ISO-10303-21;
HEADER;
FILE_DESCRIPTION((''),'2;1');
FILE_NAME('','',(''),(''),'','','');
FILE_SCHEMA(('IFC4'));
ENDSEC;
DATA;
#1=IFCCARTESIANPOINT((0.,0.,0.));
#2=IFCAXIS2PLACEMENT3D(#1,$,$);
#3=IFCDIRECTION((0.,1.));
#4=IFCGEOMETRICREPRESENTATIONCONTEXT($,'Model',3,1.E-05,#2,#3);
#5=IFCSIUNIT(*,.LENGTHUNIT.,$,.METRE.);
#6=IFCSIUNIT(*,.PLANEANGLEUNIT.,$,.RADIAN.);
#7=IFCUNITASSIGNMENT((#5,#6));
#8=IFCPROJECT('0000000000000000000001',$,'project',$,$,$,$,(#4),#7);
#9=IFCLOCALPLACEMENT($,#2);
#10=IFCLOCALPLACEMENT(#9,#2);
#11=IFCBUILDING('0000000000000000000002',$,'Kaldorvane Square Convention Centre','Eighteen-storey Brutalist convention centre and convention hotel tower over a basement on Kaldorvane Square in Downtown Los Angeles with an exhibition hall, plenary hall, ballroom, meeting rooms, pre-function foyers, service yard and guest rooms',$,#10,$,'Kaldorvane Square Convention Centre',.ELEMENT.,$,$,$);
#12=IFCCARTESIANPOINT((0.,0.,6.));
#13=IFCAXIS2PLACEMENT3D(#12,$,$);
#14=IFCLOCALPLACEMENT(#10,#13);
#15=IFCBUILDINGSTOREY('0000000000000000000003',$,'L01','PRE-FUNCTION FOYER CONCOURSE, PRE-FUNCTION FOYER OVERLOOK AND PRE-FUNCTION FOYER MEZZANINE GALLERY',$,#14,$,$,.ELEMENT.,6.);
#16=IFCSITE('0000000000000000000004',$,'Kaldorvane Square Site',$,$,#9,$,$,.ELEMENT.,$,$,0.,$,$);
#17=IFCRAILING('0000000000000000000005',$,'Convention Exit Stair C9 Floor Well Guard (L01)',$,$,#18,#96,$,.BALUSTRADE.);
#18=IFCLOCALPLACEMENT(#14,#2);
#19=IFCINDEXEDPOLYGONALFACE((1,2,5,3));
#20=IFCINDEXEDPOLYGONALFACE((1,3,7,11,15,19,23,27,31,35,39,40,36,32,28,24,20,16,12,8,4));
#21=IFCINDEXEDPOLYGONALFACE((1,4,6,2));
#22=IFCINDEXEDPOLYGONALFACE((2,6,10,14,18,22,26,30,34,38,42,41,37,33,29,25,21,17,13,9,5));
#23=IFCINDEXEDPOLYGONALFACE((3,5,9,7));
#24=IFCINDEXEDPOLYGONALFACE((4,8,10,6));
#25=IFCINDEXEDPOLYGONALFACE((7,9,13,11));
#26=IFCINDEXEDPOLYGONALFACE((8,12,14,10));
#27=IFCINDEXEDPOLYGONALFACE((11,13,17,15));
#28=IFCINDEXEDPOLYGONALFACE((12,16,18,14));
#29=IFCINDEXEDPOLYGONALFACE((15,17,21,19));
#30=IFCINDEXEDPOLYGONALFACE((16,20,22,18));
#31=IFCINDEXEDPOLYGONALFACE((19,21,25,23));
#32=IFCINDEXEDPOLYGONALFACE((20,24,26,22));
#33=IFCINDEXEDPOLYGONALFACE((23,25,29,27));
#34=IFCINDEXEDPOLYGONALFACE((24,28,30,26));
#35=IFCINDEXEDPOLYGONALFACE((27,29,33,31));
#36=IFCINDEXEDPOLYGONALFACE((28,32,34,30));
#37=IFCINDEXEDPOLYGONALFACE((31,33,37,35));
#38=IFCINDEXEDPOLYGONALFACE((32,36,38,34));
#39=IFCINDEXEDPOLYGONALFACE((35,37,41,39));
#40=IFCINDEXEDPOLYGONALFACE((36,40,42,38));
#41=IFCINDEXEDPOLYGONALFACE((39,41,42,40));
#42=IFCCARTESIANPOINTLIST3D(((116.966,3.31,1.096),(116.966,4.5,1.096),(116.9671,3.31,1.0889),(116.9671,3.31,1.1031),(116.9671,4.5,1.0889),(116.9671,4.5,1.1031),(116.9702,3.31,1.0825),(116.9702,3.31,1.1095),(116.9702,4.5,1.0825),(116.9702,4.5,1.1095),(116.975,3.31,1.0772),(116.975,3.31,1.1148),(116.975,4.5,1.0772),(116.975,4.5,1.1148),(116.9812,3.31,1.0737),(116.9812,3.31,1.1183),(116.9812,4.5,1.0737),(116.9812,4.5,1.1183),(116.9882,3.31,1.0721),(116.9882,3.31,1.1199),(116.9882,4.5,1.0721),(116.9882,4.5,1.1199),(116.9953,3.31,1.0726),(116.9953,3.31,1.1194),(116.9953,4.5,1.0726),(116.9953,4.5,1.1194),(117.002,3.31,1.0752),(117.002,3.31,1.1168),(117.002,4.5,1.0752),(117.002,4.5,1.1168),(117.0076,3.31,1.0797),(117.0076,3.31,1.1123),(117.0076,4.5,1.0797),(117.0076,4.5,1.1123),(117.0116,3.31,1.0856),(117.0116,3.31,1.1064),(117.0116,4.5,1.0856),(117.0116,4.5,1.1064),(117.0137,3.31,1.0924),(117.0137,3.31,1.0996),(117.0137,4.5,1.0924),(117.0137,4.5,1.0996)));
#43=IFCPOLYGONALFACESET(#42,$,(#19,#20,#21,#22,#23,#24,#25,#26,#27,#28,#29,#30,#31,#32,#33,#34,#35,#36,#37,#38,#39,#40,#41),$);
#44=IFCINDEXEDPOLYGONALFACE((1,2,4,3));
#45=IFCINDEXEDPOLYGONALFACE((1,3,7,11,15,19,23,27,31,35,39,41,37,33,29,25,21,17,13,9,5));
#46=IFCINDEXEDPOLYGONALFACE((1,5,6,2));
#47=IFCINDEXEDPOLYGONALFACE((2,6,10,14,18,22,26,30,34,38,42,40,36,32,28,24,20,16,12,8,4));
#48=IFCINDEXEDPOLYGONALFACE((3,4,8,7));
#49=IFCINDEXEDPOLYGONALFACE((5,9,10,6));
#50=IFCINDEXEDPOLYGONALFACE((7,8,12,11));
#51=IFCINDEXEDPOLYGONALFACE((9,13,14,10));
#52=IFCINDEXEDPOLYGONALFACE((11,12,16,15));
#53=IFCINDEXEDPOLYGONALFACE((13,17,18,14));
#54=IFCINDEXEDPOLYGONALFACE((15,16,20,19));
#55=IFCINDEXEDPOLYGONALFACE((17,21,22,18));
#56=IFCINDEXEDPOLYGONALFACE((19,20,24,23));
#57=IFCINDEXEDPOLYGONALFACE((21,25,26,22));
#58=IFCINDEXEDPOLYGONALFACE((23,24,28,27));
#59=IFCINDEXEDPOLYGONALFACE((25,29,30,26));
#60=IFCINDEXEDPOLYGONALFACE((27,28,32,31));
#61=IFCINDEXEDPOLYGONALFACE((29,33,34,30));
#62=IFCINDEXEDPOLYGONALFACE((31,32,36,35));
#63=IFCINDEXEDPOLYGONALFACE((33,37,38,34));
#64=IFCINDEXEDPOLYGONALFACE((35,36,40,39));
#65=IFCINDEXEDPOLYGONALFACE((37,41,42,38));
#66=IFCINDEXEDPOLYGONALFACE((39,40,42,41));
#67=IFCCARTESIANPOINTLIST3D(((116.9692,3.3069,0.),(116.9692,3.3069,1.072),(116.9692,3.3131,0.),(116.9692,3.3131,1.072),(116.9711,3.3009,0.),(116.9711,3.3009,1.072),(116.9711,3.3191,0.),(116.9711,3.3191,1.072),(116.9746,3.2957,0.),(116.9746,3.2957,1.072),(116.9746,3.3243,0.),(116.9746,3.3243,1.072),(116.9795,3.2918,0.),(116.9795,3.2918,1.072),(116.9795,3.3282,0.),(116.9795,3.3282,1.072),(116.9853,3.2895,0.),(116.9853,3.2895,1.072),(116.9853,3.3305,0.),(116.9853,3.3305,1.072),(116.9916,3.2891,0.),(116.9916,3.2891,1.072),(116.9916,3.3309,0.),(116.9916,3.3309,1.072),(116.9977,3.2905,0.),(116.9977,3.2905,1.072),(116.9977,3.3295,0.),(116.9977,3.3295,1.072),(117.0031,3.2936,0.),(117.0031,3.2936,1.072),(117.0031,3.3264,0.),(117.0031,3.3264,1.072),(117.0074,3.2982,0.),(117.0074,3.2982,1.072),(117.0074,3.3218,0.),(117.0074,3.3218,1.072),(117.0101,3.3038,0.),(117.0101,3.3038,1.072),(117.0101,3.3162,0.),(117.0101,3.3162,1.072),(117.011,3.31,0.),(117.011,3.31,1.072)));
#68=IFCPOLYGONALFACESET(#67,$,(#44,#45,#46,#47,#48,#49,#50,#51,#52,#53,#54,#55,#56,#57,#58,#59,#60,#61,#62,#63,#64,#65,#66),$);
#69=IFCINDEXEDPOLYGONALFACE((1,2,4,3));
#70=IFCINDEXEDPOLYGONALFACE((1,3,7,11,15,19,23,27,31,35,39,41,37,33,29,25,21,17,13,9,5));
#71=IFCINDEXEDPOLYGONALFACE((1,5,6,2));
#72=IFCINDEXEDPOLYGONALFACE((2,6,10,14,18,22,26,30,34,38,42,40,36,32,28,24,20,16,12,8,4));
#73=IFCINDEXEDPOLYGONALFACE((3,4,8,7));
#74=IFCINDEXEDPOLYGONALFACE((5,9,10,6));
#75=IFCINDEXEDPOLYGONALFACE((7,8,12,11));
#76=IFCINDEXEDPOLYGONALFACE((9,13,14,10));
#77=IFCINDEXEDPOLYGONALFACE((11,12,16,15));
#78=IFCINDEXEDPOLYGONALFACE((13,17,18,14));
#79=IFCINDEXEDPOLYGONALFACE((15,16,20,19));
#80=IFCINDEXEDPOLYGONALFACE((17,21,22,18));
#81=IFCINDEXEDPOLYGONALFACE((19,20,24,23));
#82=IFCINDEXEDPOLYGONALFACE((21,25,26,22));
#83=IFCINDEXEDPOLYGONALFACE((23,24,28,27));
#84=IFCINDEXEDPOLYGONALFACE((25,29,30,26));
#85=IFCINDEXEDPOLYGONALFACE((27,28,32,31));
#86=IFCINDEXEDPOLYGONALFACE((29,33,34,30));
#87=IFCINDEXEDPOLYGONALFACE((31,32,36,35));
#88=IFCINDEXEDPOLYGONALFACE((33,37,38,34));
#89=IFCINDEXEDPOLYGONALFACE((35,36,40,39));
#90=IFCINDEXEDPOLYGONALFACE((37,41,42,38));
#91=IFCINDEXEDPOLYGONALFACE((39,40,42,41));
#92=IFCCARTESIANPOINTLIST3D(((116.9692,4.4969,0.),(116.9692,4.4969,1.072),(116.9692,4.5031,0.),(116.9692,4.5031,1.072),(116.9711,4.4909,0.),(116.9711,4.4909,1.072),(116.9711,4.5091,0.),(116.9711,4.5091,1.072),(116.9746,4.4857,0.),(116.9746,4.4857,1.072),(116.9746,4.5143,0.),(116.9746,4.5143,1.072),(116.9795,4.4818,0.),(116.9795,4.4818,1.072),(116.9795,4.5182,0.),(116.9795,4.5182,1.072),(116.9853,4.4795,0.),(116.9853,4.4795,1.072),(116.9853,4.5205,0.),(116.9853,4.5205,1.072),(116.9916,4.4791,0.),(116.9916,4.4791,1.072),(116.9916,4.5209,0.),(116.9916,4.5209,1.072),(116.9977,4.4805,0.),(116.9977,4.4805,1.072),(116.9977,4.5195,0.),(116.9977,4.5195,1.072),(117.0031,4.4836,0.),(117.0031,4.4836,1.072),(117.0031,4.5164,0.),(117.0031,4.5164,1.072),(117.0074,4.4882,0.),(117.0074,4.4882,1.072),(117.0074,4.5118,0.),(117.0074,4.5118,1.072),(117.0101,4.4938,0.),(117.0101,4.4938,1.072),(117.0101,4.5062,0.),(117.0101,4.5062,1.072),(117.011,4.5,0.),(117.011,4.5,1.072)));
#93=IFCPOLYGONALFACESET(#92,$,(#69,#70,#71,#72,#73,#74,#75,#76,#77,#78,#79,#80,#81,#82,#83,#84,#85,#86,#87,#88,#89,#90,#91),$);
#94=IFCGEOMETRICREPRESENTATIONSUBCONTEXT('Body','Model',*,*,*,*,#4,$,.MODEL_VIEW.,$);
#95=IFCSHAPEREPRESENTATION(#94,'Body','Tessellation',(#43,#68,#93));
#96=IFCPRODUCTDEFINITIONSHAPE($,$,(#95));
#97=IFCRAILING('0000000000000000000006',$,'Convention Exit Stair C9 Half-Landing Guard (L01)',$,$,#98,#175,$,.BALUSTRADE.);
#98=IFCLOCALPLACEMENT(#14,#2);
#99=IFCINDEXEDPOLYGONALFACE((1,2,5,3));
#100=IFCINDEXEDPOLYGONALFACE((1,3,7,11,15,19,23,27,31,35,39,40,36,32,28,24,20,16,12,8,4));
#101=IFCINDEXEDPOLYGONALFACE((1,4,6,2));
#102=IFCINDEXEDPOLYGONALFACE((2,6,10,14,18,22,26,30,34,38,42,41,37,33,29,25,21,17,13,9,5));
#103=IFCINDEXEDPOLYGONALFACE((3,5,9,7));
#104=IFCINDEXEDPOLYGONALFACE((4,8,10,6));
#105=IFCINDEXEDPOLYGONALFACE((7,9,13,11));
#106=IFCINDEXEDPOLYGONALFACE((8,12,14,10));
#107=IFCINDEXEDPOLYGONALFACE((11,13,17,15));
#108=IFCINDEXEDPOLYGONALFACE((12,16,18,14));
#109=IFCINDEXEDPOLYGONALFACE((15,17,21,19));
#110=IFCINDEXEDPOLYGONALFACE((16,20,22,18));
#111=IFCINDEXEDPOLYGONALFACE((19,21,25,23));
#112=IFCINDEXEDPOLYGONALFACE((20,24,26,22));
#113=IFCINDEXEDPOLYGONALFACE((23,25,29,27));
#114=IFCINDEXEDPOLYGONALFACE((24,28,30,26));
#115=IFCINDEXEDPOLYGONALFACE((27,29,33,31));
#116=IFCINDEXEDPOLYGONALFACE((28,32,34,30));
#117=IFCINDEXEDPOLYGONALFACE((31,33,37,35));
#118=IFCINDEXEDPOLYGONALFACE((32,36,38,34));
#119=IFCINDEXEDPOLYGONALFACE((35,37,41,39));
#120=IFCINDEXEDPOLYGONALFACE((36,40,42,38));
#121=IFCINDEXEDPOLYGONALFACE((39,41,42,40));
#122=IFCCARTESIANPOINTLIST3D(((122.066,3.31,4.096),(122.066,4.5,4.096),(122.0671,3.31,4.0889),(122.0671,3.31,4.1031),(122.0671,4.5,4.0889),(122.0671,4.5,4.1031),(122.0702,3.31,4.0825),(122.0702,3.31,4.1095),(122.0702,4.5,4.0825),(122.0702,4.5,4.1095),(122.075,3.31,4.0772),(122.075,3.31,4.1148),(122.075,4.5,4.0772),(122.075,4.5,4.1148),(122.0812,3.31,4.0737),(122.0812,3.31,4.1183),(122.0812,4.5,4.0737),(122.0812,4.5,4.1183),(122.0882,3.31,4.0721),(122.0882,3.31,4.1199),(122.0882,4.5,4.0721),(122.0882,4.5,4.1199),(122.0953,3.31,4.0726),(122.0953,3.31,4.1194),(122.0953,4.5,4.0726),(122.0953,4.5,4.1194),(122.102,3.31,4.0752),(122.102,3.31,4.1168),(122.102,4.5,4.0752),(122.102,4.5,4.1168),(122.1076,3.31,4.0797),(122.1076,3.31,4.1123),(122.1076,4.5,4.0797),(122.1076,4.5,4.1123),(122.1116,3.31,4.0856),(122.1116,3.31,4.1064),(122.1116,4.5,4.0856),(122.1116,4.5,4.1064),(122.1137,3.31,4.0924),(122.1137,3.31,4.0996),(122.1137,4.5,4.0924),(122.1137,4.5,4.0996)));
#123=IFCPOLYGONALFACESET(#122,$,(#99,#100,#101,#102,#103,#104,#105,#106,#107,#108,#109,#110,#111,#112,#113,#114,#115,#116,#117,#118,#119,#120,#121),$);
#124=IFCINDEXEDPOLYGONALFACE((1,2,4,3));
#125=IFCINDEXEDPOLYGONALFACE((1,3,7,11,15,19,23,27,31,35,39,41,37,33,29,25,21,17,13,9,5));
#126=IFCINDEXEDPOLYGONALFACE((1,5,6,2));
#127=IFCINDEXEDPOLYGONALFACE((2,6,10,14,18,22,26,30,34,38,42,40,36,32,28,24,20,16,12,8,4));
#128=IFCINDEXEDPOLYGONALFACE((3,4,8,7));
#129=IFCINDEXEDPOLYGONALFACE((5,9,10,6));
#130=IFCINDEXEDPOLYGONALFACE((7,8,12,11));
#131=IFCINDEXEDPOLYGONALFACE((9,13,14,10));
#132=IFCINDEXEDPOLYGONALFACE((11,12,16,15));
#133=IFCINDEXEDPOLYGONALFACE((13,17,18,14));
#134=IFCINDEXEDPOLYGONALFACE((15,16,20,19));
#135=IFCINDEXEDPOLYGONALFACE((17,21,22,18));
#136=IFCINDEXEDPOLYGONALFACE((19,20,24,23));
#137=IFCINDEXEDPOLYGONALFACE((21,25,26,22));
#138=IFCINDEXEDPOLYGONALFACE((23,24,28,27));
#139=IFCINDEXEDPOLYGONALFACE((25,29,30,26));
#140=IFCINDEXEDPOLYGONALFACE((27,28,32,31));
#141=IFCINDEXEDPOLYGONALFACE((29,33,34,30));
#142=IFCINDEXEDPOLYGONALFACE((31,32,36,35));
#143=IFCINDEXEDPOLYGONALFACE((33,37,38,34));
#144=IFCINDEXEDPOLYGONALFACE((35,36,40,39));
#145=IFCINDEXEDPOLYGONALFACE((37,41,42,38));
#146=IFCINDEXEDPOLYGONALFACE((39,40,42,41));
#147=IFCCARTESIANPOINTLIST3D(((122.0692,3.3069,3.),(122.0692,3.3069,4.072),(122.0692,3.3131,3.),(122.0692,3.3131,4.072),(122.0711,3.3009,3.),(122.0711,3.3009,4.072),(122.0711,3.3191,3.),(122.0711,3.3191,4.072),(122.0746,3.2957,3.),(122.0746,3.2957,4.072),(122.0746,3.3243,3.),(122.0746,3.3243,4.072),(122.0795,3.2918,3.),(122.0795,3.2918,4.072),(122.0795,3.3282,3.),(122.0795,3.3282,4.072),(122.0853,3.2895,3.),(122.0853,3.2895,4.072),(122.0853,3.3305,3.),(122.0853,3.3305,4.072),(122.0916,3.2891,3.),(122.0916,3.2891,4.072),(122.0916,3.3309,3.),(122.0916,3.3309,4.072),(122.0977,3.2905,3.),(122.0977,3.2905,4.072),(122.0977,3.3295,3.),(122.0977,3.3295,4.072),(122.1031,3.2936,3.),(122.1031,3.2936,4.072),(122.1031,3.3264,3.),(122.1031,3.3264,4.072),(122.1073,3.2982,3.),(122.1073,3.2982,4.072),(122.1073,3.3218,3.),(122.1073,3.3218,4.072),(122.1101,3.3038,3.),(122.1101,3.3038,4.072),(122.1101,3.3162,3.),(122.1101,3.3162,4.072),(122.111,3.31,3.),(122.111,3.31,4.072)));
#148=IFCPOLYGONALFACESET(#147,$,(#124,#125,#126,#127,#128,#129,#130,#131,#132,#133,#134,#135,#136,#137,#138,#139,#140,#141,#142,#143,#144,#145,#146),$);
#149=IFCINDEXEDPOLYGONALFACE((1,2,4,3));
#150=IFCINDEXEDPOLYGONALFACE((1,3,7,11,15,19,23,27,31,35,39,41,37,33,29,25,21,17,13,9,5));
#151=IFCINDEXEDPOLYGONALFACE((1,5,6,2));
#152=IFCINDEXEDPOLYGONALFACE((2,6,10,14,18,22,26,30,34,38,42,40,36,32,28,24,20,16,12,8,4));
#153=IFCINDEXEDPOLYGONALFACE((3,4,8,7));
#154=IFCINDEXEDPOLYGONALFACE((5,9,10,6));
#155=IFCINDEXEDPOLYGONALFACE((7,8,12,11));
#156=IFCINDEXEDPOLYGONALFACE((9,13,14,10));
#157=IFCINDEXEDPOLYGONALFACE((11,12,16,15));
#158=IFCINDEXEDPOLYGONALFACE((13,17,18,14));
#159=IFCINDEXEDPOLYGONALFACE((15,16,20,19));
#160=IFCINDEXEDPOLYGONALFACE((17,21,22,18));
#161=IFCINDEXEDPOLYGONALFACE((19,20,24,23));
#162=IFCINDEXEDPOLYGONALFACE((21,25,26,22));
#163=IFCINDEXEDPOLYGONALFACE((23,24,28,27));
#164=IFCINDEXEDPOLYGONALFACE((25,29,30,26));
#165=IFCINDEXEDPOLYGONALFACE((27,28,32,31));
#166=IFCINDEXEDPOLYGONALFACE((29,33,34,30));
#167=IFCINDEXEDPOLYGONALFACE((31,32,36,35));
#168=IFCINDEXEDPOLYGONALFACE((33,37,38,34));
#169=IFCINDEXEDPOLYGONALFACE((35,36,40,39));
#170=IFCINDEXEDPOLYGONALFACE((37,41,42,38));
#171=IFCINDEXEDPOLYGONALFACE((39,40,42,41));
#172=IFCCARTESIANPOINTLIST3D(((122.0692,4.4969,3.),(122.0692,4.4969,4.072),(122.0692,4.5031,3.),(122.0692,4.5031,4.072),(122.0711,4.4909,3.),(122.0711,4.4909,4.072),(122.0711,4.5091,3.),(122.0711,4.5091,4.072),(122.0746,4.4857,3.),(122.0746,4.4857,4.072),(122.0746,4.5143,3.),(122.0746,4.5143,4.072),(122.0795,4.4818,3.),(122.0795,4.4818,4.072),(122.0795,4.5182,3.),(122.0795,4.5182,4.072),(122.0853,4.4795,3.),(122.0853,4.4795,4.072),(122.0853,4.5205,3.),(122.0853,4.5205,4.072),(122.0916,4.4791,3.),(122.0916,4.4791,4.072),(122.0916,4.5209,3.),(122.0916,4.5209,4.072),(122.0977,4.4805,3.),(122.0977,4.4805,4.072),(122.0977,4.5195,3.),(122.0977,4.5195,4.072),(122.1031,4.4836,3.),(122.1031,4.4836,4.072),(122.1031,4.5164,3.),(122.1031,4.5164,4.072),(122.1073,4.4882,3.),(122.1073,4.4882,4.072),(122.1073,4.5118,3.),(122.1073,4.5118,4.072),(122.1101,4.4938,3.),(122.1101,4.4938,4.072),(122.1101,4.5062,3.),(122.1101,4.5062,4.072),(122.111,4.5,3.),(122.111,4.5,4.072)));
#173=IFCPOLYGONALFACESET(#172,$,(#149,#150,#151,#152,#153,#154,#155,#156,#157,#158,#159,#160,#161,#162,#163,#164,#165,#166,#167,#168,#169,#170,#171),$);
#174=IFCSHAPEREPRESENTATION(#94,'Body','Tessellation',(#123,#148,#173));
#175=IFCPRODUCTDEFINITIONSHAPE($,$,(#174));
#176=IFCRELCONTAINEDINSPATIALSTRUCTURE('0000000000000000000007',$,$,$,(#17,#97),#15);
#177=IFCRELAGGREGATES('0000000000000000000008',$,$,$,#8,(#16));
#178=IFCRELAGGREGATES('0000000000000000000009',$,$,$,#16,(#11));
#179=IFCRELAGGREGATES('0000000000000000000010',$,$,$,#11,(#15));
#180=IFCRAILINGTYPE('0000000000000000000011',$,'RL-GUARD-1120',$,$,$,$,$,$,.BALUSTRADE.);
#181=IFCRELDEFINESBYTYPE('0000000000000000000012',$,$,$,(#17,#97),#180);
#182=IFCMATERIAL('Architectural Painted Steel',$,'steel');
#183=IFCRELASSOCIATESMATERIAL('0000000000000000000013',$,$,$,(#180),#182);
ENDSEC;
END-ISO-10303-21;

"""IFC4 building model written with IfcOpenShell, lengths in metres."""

from ifc_helpers import new_model, si_unit, direction, frame, origin, origin_2d, place, context, subcontext, project, spatial, circle, extrude, material, type_object, element, save


model = new_model("IFC4")

# Units and contexts
model_context = context("Model", 3, precision=1e-05, world=origin(), true_north=direction((0.0, 1.0)))
body_context = subcontext(model_context, "Body", "Model", "MODEL_VIEW")
ifc_project = project(units=[si_unit("LENGTHUNIT", "METRE"), si_unit("PLANEANGLEUNIT", "RADIAN")], contexts=[model_context])

# Site, building, storey
site_placement = place(None, origin())
site = spatial("IfcSite", under=ifc_project, at=site_placement, Name="Kaldorvane Square Site", CompositionType="ELEMENT", RefElevation=0.0)
building_placement = place(site_placement, origin())
building = spatial("IfcBuilding", under=site, at=building_placement, Name="Kaldorvane Square Convention Centre", Description="Eighteen-storey Brutalist convention centre and convention hotel tower over a basement on Kaldorvane Square in Downtown Los Angeles with an exhibition hall, plenary hall, ballroom, meeting rooms, pre-function foyers, service yard and guest rooms", LongName="Kaldorvane Square Convention Centre", CompositionType="ELEMENT")
storey_placement = place(building_placement, frame((0.0, 0.0, 6.0)))
storey = spatial("IfcBuildingStorey", under=building, at=storey_placement, Name="L01", Description="PRE-FUNCTION FOYER CONCOURSE, PRE-FUNCTION FOYER OVERLOOK AND PRE-FUNCTION FOYER MEZZANINE GALLERY", CompositionType="ELEMENT", Elevation=6.0)

# Railings
ifc_material_1 = material(Name="Architectural Painted Steel", Category="steel")
railing_type_1 = type_object("IfcRailingType", Name="RL-GUARD-1120", PredefinedType="BALUSTRADE", material=ifc_material_1)
for number, where, name in (
    (1, (116.99, 3.31, 0.0), "Convention Exit Stair C9 Floor Well Guard (L01)"),
    (2, (122.09, 3.31, 3.0), "Convention Exit Stair C9 Half-Landing Guard (L01)"),
):
    element("IfcRailing", number, at=place(storey_placement, frame(where)), inside=storey, type_object=railing_type_1, Name=name, PredefinedType="BALUSTRADE", context=body_context, shape_type="SweptSolid", body=[
        extrude(circle(Radius=0.024, at=origin_2d()), frame((0.0, 0.0, 1.096), z_axis=(0.0, 1.0, 0.0), x_axis=(-1.0, 0.0, 0.0)), (0.0, 0.0, 1.0), 1.19),
        extrude(circle(Radius=0.021, at=origin_2d()), origin(), (0.0, 0.0, 1.0), 1.072),
        extrude(circle(Radius=0.021, at=origin_2d()), frame((0.0, 1.19, 0.0)), (0.0, 0.0, 1.0), 1.072),
    ])

save(model, "model.ifc")
